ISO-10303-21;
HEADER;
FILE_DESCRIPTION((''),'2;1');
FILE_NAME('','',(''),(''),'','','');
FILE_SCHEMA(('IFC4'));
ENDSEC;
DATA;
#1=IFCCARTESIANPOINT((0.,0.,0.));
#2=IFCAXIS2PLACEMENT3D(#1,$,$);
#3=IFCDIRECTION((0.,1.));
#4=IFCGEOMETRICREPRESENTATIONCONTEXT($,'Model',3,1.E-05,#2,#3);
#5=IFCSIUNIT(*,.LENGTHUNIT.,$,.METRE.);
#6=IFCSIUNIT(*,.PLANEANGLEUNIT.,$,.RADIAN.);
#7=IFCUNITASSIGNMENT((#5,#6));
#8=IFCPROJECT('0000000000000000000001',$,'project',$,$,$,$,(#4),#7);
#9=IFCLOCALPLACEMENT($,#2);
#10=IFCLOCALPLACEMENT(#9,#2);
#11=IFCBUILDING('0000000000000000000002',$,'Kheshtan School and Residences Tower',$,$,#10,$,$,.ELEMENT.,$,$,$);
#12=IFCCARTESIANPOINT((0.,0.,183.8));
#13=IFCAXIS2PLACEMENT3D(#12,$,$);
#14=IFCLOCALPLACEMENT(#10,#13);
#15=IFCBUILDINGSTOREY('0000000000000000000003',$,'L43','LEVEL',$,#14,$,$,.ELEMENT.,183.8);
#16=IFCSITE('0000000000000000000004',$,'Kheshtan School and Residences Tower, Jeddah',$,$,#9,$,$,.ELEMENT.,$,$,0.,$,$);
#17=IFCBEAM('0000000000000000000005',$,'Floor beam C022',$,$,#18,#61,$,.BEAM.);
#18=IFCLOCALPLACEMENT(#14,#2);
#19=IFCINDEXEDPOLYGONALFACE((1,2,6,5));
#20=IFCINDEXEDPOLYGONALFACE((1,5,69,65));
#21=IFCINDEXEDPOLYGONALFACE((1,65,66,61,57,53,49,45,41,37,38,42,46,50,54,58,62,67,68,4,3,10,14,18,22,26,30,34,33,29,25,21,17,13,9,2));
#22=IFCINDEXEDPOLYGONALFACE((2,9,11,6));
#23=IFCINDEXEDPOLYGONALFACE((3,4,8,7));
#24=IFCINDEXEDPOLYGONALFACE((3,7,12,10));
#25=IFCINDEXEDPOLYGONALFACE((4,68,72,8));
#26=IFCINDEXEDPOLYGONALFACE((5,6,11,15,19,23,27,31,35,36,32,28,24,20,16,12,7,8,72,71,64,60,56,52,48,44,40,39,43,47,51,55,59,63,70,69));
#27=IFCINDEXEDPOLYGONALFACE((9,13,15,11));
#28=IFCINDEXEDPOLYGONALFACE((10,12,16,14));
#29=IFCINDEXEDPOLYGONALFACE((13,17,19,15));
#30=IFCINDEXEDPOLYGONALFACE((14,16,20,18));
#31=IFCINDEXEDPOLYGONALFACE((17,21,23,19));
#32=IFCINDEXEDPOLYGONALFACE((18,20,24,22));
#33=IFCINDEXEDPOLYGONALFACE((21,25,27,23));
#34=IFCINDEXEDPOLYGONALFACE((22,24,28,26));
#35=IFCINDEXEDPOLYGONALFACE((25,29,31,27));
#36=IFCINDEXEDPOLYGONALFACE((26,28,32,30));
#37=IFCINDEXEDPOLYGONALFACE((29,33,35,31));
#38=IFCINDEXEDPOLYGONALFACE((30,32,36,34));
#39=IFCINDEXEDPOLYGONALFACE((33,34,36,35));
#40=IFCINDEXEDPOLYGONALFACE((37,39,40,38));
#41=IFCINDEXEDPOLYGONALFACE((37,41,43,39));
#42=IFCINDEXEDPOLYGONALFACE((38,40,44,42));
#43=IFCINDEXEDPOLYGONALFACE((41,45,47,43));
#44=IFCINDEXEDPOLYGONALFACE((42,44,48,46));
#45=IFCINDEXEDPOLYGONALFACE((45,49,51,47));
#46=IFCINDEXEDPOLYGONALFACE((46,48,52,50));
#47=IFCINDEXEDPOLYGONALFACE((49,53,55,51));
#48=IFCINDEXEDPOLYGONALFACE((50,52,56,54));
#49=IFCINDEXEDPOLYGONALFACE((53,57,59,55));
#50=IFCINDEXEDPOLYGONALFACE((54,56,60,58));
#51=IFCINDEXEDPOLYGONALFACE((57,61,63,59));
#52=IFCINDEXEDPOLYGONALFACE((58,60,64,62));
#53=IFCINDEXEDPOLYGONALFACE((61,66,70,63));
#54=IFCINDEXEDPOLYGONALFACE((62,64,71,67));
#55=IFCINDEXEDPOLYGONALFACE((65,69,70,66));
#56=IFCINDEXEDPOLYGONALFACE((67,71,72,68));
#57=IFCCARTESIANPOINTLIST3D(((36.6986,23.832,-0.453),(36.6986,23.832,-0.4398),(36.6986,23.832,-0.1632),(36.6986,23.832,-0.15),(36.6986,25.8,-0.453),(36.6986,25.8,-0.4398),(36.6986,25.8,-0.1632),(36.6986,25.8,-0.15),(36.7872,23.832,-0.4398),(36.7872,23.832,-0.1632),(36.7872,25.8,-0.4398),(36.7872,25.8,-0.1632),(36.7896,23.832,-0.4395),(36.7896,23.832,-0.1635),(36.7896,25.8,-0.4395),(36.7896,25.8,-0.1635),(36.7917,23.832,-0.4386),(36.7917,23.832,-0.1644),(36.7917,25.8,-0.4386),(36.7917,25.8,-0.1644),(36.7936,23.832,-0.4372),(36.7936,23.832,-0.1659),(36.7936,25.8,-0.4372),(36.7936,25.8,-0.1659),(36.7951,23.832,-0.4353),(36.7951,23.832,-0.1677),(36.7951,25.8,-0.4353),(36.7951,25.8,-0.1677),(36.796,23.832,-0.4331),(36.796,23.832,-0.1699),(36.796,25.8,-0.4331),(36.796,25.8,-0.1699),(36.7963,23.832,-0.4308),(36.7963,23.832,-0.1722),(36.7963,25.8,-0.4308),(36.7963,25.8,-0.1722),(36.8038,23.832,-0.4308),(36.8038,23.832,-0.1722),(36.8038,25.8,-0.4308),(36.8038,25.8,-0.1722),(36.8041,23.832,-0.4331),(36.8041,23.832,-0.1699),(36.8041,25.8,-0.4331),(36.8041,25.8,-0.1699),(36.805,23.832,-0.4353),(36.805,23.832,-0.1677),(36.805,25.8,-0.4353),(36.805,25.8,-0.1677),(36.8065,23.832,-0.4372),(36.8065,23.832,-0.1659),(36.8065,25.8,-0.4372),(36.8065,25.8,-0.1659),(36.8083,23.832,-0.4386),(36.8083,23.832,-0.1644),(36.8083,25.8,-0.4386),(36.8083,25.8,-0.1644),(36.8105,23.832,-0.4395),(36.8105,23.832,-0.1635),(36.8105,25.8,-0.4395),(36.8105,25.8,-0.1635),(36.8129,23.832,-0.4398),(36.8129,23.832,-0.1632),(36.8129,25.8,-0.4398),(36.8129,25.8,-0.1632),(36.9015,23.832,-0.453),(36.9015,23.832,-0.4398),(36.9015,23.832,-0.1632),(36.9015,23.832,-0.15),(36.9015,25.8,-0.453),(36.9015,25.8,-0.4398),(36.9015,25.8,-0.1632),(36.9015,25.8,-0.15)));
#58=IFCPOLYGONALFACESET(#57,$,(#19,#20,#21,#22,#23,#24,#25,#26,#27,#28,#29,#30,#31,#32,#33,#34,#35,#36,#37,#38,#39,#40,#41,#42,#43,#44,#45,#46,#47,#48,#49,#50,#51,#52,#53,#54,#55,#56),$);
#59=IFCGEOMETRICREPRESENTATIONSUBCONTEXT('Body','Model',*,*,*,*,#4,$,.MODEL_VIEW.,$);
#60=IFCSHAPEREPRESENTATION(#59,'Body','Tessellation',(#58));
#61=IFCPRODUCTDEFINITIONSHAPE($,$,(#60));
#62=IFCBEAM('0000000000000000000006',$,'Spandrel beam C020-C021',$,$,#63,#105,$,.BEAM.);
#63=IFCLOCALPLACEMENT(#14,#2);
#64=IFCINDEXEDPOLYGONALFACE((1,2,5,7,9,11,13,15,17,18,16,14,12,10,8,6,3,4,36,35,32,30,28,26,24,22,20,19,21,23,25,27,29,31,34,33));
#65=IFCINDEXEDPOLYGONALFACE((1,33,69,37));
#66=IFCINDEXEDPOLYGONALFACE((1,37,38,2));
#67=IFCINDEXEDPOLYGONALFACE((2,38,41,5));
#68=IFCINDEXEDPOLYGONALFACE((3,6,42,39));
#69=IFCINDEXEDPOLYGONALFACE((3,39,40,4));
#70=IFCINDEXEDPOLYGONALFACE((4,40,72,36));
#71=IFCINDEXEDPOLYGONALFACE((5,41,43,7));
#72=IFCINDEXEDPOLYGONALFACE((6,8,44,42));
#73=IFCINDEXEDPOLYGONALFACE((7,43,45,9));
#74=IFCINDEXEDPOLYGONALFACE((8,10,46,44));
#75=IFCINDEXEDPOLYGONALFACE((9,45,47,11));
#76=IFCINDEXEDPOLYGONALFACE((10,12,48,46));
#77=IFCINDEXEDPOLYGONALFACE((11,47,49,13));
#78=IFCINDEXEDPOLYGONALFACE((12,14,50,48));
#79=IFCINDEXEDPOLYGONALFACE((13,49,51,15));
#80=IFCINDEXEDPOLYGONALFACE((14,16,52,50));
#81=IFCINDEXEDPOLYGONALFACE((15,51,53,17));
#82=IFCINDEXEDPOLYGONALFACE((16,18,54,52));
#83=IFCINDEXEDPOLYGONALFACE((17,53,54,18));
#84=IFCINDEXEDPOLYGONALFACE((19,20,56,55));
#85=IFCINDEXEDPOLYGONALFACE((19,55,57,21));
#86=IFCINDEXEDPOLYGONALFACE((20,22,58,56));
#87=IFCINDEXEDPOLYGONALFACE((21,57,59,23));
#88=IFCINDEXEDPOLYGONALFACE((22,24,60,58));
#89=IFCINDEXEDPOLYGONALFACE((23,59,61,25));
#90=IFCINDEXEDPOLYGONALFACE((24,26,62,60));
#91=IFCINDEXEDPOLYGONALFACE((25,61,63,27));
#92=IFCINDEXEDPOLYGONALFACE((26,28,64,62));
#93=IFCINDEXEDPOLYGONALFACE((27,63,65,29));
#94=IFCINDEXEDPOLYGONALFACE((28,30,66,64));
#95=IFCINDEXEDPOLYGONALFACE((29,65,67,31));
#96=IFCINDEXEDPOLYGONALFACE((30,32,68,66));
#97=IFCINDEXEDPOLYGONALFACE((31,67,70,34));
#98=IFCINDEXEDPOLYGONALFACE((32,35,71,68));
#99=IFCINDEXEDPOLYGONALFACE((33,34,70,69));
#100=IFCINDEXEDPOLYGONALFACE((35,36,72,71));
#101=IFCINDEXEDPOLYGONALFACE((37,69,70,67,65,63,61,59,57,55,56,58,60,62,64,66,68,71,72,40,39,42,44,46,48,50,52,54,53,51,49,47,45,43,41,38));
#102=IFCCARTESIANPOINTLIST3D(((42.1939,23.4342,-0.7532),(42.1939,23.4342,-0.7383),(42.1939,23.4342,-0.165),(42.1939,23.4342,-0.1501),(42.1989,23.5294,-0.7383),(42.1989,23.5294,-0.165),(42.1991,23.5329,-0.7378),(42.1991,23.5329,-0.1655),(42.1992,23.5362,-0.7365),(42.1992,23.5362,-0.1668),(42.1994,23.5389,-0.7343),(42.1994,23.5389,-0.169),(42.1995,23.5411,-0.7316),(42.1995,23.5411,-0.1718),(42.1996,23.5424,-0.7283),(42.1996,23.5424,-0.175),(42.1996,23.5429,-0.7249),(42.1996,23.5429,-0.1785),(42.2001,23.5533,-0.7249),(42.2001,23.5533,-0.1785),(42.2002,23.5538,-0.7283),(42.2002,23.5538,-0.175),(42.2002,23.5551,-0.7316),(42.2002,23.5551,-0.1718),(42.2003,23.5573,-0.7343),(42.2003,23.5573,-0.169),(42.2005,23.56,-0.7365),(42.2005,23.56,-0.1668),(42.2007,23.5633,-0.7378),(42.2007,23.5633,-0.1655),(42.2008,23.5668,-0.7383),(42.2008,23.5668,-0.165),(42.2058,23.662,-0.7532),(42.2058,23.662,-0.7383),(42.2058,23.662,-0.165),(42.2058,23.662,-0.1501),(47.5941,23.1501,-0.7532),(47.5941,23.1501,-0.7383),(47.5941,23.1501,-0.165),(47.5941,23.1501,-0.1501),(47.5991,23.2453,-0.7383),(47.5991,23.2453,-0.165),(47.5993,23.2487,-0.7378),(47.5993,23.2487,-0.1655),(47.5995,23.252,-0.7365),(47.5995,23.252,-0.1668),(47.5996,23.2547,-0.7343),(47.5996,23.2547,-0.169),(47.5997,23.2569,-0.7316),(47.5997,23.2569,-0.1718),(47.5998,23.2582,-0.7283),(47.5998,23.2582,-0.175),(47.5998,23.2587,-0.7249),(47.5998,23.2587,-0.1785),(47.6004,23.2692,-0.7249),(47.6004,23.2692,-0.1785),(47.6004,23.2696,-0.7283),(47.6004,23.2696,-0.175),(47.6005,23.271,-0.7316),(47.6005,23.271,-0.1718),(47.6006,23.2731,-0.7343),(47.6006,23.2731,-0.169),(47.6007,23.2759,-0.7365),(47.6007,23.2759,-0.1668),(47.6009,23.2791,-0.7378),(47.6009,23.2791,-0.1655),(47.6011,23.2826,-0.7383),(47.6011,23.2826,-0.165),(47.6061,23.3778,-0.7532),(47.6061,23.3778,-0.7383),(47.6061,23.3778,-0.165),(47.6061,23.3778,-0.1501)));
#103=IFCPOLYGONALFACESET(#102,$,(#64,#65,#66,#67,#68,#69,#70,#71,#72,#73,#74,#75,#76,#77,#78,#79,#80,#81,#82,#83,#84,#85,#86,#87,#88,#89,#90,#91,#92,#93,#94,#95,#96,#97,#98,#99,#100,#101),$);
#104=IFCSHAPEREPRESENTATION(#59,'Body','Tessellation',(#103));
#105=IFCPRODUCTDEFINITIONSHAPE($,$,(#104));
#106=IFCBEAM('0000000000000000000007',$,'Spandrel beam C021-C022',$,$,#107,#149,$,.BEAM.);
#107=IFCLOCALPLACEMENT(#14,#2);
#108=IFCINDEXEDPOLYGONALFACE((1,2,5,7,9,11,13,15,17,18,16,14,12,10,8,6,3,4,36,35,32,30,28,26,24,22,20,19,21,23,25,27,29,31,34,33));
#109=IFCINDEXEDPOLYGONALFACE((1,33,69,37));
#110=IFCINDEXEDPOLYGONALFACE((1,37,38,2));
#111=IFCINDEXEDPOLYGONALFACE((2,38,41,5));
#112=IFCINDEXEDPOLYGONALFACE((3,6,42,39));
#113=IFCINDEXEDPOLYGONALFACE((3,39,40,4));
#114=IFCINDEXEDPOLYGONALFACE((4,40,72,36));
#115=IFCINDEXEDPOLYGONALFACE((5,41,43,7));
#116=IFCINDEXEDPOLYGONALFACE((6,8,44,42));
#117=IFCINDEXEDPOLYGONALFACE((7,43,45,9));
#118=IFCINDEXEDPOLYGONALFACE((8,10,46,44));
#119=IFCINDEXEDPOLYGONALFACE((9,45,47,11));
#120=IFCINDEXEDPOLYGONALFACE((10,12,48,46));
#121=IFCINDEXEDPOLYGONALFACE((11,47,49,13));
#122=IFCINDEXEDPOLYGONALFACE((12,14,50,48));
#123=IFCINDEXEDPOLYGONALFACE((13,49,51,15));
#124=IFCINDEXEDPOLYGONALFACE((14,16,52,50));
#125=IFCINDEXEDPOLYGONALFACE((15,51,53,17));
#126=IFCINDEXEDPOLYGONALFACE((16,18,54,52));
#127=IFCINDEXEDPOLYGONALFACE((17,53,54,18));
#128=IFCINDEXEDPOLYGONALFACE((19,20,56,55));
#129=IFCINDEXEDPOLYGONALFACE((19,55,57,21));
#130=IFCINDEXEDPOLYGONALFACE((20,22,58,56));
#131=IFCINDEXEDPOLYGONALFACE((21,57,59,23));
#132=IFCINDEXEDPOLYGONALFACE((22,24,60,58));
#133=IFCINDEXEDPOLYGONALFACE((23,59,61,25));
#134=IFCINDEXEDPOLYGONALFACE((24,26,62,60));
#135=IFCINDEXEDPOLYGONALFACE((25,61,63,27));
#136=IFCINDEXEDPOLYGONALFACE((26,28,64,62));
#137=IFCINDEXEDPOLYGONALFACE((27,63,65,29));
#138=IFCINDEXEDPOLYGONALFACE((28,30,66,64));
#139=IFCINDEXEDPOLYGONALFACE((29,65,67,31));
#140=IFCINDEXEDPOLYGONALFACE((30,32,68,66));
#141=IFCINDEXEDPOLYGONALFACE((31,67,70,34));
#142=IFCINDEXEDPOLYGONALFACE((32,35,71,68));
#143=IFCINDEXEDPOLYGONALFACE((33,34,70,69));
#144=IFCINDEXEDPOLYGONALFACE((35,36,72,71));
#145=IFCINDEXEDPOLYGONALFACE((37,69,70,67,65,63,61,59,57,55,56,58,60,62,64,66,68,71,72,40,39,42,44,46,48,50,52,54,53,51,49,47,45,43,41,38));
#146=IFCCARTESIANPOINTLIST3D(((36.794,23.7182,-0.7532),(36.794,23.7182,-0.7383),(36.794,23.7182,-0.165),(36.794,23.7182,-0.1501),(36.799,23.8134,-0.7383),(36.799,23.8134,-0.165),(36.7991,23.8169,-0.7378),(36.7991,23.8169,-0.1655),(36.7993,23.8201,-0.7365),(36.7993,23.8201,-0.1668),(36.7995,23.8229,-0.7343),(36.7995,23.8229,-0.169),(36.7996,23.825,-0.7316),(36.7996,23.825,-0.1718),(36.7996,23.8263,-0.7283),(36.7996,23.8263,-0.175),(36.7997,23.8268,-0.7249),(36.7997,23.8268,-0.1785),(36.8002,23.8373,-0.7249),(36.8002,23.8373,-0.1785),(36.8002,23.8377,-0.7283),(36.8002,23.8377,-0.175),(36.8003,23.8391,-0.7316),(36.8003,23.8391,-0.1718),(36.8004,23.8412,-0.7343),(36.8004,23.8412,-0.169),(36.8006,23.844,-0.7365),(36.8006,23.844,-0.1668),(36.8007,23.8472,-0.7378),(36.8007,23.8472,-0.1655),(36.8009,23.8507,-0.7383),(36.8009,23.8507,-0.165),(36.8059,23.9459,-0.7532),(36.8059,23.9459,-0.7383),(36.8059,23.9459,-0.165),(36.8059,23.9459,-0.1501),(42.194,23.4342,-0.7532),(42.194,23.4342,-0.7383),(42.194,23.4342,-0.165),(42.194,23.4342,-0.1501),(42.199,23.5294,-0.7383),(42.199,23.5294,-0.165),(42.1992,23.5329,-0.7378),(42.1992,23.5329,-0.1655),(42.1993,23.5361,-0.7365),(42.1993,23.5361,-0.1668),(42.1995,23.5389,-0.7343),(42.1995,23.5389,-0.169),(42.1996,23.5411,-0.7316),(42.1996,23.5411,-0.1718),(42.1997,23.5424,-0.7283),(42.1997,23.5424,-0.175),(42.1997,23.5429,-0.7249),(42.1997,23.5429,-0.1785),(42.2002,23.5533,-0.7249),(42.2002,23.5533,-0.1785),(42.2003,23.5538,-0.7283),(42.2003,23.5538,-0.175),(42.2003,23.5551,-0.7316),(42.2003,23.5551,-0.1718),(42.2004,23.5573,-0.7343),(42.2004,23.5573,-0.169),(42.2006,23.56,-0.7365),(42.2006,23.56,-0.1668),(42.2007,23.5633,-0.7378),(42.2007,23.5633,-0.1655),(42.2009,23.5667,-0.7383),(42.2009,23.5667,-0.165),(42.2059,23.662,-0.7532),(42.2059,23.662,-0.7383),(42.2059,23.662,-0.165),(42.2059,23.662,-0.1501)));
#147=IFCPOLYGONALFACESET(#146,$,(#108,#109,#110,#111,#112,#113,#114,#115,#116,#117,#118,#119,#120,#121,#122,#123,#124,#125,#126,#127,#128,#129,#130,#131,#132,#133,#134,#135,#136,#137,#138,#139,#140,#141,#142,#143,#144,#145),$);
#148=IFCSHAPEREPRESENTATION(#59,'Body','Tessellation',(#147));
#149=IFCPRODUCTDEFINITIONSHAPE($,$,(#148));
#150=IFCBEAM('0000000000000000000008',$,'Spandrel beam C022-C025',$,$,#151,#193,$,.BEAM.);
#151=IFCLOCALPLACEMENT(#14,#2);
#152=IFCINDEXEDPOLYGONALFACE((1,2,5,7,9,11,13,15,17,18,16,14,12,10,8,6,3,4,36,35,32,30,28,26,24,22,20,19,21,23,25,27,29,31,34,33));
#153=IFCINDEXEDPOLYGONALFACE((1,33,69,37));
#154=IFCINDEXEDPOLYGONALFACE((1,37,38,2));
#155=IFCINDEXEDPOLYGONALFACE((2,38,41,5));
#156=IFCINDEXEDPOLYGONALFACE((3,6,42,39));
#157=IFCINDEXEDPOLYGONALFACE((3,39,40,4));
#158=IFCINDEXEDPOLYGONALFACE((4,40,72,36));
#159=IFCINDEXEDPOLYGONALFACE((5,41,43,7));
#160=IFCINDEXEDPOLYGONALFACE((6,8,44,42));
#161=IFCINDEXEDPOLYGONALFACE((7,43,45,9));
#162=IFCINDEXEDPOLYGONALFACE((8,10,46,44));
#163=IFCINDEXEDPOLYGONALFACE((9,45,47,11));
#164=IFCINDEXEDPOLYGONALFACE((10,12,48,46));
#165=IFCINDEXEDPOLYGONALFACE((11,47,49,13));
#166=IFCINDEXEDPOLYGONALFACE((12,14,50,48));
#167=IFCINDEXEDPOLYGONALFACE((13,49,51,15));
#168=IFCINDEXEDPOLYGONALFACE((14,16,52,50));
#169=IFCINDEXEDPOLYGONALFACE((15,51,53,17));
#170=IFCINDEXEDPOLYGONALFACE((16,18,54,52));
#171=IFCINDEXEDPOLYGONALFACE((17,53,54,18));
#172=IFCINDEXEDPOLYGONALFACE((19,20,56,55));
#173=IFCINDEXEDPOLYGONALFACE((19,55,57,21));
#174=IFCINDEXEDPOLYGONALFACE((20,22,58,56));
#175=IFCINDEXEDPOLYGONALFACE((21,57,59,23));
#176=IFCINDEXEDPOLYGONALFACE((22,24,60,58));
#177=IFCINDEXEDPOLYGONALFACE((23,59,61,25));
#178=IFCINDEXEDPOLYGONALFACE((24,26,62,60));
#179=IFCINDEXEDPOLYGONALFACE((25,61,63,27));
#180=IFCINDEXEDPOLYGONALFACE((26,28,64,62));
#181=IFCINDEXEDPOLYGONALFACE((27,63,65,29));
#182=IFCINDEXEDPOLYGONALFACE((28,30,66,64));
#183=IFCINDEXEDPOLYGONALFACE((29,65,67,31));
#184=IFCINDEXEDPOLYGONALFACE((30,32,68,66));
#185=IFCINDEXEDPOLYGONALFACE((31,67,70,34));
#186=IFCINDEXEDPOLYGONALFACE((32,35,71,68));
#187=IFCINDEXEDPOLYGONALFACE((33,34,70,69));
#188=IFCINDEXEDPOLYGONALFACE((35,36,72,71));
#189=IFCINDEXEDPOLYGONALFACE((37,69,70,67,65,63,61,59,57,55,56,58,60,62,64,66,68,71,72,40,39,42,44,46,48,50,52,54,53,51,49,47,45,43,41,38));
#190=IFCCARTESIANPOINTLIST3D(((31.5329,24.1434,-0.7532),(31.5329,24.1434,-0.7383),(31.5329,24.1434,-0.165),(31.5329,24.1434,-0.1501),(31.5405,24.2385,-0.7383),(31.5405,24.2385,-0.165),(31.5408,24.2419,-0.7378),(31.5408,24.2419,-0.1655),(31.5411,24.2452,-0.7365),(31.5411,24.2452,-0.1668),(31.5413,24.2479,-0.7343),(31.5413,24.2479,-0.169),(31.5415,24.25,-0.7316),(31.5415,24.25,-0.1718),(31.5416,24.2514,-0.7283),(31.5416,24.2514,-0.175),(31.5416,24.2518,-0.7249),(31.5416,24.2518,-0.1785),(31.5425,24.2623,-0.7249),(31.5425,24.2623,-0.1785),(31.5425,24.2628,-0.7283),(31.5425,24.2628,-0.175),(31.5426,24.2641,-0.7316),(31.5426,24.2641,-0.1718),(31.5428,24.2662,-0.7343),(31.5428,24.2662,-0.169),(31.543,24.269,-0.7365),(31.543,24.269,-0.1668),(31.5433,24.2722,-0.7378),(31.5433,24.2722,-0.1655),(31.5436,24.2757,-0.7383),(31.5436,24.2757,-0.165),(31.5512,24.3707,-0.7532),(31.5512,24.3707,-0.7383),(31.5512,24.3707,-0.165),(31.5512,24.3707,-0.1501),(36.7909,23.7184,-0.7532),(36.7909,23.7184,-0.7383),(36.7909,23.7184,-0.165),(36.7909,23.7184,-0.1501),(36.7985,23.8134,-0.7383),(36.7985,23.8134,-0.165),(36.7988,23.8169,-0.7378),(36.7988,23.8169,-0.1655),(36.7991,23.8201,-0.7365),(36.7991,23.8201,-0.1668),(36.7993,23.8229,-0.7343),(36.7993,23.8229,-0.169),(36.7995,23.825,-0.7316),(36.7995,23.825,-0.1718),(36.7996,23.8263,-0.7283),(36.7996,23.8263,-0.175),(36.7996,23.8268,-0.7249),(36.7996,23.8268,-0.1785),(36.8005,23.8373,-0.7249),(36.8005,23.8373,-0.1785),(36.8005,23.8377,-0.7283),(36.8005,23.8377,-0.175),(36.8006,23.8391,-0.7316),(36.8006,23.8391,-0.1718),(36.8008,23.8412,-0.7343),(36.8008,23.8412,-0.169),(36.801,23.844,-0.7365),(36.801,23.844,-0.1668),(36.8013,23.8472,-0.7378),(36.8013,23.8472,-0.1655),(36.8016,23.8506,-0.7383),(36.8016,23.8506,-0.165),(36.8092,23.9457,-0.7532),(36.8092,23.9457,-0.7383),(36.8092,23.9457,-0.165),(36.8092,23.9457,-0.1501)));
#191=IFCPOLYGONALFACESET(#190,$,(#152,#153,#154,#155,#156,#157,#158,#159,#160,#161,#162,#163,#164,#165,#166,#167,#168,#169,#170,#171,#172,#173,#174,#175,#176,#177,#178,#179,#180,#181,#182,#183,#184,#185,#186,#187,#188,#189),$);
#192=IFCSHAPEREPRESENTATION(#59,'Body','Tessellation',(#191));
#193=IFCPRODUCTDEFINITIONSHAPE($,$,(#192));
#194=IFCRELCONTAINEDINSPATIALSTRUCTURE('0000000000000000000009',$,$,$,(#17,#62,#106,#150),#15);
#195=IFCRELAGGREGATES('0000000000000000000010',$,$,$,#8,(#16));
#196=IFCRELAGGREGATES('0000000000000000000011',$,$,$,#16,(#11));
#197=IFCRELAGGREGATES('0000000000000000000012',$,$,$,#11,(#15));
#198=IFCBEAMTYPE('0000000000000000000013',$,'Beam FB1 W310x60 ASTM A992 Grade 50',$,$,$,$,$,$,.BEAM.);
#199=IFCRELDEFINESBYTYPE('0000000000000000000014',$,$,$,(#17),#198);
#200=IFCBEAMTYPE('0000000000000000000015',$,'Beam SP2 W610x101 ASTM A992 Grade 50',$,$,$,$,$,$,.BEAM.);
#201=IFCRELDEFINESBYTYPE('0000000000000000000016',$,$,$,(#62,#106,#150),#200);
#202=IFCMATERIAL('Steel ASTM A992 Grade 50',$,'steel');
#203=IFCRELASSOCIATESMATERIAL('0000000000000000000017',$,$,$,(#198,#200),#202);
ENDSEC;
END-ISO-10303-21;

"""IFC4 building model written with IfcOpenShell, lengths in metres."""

from ifc_helpers import new_model, si_unit, direction, frame, origin, origin_2d, place, context, subcontext, project, spatial, i_section, extrude, material, material_profile, profile_set, type_object, element, save


model = new_model("IFC4")

# Units and contexts
model_context = context("Model", 3, precision=1e-05, world=origin(), true_north=direction((0.0, 1.0)))
body_context = subcontext(model_context, "Body", "Model", "MODEL_VIEW")
ifc_project = project(units=[si_unit("LENGTHUNIT", "METRE"), si_unit("PLANEANGLEUNIT", "RADIAN")], contexts=[model_context])

# Site, building, storey
site_placement = place(None, origin())
site = spatial("IfcSite", under=ifc_project, at=site_placement, Name="Kheshtan School and Residences Tower, Jeddah", CompositionType="ELEMENT", RefElevation=0.0)
building_placement = place(site_placement, origin())
building = spatial("IfcBuilding", under=site, at=building_placement, Name="Kheshtan School and Residences Tower", CompositionType="ELEMENT")
storey_placement = place(building_placement, frame((0.0, 0.0, 183.8)))
storey = spatial("IfcBuildingStorey", under=building, at=storey_placement, Name="L43", Description="LEVEL", CompositionType="ELEMENT", Elevation=183.8)

# Shared definitions
ifc_material_1 = material(Name="Steel ASTM A992 Grade 50", Category="steel")

# Beams
ifc_material_profile_1 = material_profile(ifc_material_1, i_section(OverallWidth=0.2029, OverallDepth=0.303, WebThickness=0.0076, FlangeThickness=0.0132, FilletRadius=0.009, at=origin_2d()), Name="W310x60")
ifc_profile_set_1 = profile_set([ifc_material_profile_1], Name="Steel ASTM A992 Grade 50")
beam_type_1 = type_object("IfcBeamType", Name="Beam FB1 W310x60 ASTM A992 Grade 50", PredefinedType="BEAM", material=ifc_profile_set_1)
beam_1_placement = place(storey_placement, frame((36.8, 23.832, -0.3015), z_axis=(0.0, 1.0, 0.0), x_axis=(-1.0, 0.0, 0.0)))
element("IfcBeam", 1, at=beam_1_placement, inside=storey, type_object=beam_type_1, Name="Floor beam C022", PredefinedType="BEAM", context=body_context, shape_type="SweptSolid", body=[
    extrude(i_section(OverallWidth=0.2029, OverallDepth=0.303, WebThickness=0.0076, FlangeThickness=0.0132, FilletRadius=0.009, at=origin_2d()), origin(), (0.0, 0.0, 1.0), 1.968),
])
ifc_material_profile_2 = material_profile(ifc_material_1, i_section(OverallWidth=0.228, OverallDepth=0.603, WebThickness=0.0105, FlangeThickness=0.0149, FilletRadius=0.0134, at=origin_2d()), Name="W610x101")
ifc_profile_set_2 = profile_set([ifc_material_profile_2], Name="Steel ASTM A992 Grade 50")
beam_type_2 = type_object("IfcBeamType", Name="Beam SP2 W610x101 ASTM A992 Grade 50", PredefinedType="BEAM", material=ifc_profile_set_2)
beam_2_placement = place(storey_placement, frame((47.6001, 23.2639, -0.4517), z_axis=(-0.998618, 0.052552, 0.0), x_axis=(-0.052552, -0.998618, 0.0)))
element("IfcBeam", 2, at=beam_2_placement, inside=storey, type_object=beam_type_2, Name="Spandrel beam C020-C021", PredefinedType="BEAM", context=body_context, shape_type="SweptSolid", body=[
    extrude(i_section(OverallWidth=0.228, OverallDepth=0.603, WebThickness=0.0105, FlangeThickness=0.0149, FilletRadius=0.0134, at=origin_2d()), origin(), (0.0, 0.0, 1.0), 5.4077),
])
beam_3_placement = place(storey_placement, frame((42.2, 23.5481, -0.4517), z_axis=(-0.99862, 0.052509, 0.0), x_axis=(-0.052509, -0.99862, 0.0)))
element("IfcBeam", 3, at=beam_3_placement, inside=storey, type_object=beam_type_2, Name="Spandrel beam C021-C022", PredefinedType="BEAM", context=body_context, shape_type="SweptSolid", body=[
    extrude(i_section(OverallWidth=0.228, OverallDepth=0.603, WebThickness=0.0105, FlangeThickness=0.0149, FilletRadius=0.0134, at=origin_2d()), origin(), (0.0, 0.0, 1.0), 5.4075),
])
beam_4_placement = place(storey_placement, frame((36.8, 23.832, -0.4517), z_axis=(-0.996749, 0.080575, 0.0), x_axis=(-0.080575, -0.996749, 0.0)))
element("IfcBeam", 4, at=beam_4_placement, inside=storey, type_object=beam_type_2, Name="Spandrel beam C022-C025", PredefinedType="BEAM", context=body_context, shape_type="SweptSolid", body=[
    extrude(i_section(OverallWidth=0.228, OverallDepth=0.603, WebThickness=0.0105, FlangeThickness=0.0149, FilletRadius=0.0134, at=origin_2d()), origin(), (0.0, 0.0, 1.0), 5.2751),
])

save(model, "model.ifc")
